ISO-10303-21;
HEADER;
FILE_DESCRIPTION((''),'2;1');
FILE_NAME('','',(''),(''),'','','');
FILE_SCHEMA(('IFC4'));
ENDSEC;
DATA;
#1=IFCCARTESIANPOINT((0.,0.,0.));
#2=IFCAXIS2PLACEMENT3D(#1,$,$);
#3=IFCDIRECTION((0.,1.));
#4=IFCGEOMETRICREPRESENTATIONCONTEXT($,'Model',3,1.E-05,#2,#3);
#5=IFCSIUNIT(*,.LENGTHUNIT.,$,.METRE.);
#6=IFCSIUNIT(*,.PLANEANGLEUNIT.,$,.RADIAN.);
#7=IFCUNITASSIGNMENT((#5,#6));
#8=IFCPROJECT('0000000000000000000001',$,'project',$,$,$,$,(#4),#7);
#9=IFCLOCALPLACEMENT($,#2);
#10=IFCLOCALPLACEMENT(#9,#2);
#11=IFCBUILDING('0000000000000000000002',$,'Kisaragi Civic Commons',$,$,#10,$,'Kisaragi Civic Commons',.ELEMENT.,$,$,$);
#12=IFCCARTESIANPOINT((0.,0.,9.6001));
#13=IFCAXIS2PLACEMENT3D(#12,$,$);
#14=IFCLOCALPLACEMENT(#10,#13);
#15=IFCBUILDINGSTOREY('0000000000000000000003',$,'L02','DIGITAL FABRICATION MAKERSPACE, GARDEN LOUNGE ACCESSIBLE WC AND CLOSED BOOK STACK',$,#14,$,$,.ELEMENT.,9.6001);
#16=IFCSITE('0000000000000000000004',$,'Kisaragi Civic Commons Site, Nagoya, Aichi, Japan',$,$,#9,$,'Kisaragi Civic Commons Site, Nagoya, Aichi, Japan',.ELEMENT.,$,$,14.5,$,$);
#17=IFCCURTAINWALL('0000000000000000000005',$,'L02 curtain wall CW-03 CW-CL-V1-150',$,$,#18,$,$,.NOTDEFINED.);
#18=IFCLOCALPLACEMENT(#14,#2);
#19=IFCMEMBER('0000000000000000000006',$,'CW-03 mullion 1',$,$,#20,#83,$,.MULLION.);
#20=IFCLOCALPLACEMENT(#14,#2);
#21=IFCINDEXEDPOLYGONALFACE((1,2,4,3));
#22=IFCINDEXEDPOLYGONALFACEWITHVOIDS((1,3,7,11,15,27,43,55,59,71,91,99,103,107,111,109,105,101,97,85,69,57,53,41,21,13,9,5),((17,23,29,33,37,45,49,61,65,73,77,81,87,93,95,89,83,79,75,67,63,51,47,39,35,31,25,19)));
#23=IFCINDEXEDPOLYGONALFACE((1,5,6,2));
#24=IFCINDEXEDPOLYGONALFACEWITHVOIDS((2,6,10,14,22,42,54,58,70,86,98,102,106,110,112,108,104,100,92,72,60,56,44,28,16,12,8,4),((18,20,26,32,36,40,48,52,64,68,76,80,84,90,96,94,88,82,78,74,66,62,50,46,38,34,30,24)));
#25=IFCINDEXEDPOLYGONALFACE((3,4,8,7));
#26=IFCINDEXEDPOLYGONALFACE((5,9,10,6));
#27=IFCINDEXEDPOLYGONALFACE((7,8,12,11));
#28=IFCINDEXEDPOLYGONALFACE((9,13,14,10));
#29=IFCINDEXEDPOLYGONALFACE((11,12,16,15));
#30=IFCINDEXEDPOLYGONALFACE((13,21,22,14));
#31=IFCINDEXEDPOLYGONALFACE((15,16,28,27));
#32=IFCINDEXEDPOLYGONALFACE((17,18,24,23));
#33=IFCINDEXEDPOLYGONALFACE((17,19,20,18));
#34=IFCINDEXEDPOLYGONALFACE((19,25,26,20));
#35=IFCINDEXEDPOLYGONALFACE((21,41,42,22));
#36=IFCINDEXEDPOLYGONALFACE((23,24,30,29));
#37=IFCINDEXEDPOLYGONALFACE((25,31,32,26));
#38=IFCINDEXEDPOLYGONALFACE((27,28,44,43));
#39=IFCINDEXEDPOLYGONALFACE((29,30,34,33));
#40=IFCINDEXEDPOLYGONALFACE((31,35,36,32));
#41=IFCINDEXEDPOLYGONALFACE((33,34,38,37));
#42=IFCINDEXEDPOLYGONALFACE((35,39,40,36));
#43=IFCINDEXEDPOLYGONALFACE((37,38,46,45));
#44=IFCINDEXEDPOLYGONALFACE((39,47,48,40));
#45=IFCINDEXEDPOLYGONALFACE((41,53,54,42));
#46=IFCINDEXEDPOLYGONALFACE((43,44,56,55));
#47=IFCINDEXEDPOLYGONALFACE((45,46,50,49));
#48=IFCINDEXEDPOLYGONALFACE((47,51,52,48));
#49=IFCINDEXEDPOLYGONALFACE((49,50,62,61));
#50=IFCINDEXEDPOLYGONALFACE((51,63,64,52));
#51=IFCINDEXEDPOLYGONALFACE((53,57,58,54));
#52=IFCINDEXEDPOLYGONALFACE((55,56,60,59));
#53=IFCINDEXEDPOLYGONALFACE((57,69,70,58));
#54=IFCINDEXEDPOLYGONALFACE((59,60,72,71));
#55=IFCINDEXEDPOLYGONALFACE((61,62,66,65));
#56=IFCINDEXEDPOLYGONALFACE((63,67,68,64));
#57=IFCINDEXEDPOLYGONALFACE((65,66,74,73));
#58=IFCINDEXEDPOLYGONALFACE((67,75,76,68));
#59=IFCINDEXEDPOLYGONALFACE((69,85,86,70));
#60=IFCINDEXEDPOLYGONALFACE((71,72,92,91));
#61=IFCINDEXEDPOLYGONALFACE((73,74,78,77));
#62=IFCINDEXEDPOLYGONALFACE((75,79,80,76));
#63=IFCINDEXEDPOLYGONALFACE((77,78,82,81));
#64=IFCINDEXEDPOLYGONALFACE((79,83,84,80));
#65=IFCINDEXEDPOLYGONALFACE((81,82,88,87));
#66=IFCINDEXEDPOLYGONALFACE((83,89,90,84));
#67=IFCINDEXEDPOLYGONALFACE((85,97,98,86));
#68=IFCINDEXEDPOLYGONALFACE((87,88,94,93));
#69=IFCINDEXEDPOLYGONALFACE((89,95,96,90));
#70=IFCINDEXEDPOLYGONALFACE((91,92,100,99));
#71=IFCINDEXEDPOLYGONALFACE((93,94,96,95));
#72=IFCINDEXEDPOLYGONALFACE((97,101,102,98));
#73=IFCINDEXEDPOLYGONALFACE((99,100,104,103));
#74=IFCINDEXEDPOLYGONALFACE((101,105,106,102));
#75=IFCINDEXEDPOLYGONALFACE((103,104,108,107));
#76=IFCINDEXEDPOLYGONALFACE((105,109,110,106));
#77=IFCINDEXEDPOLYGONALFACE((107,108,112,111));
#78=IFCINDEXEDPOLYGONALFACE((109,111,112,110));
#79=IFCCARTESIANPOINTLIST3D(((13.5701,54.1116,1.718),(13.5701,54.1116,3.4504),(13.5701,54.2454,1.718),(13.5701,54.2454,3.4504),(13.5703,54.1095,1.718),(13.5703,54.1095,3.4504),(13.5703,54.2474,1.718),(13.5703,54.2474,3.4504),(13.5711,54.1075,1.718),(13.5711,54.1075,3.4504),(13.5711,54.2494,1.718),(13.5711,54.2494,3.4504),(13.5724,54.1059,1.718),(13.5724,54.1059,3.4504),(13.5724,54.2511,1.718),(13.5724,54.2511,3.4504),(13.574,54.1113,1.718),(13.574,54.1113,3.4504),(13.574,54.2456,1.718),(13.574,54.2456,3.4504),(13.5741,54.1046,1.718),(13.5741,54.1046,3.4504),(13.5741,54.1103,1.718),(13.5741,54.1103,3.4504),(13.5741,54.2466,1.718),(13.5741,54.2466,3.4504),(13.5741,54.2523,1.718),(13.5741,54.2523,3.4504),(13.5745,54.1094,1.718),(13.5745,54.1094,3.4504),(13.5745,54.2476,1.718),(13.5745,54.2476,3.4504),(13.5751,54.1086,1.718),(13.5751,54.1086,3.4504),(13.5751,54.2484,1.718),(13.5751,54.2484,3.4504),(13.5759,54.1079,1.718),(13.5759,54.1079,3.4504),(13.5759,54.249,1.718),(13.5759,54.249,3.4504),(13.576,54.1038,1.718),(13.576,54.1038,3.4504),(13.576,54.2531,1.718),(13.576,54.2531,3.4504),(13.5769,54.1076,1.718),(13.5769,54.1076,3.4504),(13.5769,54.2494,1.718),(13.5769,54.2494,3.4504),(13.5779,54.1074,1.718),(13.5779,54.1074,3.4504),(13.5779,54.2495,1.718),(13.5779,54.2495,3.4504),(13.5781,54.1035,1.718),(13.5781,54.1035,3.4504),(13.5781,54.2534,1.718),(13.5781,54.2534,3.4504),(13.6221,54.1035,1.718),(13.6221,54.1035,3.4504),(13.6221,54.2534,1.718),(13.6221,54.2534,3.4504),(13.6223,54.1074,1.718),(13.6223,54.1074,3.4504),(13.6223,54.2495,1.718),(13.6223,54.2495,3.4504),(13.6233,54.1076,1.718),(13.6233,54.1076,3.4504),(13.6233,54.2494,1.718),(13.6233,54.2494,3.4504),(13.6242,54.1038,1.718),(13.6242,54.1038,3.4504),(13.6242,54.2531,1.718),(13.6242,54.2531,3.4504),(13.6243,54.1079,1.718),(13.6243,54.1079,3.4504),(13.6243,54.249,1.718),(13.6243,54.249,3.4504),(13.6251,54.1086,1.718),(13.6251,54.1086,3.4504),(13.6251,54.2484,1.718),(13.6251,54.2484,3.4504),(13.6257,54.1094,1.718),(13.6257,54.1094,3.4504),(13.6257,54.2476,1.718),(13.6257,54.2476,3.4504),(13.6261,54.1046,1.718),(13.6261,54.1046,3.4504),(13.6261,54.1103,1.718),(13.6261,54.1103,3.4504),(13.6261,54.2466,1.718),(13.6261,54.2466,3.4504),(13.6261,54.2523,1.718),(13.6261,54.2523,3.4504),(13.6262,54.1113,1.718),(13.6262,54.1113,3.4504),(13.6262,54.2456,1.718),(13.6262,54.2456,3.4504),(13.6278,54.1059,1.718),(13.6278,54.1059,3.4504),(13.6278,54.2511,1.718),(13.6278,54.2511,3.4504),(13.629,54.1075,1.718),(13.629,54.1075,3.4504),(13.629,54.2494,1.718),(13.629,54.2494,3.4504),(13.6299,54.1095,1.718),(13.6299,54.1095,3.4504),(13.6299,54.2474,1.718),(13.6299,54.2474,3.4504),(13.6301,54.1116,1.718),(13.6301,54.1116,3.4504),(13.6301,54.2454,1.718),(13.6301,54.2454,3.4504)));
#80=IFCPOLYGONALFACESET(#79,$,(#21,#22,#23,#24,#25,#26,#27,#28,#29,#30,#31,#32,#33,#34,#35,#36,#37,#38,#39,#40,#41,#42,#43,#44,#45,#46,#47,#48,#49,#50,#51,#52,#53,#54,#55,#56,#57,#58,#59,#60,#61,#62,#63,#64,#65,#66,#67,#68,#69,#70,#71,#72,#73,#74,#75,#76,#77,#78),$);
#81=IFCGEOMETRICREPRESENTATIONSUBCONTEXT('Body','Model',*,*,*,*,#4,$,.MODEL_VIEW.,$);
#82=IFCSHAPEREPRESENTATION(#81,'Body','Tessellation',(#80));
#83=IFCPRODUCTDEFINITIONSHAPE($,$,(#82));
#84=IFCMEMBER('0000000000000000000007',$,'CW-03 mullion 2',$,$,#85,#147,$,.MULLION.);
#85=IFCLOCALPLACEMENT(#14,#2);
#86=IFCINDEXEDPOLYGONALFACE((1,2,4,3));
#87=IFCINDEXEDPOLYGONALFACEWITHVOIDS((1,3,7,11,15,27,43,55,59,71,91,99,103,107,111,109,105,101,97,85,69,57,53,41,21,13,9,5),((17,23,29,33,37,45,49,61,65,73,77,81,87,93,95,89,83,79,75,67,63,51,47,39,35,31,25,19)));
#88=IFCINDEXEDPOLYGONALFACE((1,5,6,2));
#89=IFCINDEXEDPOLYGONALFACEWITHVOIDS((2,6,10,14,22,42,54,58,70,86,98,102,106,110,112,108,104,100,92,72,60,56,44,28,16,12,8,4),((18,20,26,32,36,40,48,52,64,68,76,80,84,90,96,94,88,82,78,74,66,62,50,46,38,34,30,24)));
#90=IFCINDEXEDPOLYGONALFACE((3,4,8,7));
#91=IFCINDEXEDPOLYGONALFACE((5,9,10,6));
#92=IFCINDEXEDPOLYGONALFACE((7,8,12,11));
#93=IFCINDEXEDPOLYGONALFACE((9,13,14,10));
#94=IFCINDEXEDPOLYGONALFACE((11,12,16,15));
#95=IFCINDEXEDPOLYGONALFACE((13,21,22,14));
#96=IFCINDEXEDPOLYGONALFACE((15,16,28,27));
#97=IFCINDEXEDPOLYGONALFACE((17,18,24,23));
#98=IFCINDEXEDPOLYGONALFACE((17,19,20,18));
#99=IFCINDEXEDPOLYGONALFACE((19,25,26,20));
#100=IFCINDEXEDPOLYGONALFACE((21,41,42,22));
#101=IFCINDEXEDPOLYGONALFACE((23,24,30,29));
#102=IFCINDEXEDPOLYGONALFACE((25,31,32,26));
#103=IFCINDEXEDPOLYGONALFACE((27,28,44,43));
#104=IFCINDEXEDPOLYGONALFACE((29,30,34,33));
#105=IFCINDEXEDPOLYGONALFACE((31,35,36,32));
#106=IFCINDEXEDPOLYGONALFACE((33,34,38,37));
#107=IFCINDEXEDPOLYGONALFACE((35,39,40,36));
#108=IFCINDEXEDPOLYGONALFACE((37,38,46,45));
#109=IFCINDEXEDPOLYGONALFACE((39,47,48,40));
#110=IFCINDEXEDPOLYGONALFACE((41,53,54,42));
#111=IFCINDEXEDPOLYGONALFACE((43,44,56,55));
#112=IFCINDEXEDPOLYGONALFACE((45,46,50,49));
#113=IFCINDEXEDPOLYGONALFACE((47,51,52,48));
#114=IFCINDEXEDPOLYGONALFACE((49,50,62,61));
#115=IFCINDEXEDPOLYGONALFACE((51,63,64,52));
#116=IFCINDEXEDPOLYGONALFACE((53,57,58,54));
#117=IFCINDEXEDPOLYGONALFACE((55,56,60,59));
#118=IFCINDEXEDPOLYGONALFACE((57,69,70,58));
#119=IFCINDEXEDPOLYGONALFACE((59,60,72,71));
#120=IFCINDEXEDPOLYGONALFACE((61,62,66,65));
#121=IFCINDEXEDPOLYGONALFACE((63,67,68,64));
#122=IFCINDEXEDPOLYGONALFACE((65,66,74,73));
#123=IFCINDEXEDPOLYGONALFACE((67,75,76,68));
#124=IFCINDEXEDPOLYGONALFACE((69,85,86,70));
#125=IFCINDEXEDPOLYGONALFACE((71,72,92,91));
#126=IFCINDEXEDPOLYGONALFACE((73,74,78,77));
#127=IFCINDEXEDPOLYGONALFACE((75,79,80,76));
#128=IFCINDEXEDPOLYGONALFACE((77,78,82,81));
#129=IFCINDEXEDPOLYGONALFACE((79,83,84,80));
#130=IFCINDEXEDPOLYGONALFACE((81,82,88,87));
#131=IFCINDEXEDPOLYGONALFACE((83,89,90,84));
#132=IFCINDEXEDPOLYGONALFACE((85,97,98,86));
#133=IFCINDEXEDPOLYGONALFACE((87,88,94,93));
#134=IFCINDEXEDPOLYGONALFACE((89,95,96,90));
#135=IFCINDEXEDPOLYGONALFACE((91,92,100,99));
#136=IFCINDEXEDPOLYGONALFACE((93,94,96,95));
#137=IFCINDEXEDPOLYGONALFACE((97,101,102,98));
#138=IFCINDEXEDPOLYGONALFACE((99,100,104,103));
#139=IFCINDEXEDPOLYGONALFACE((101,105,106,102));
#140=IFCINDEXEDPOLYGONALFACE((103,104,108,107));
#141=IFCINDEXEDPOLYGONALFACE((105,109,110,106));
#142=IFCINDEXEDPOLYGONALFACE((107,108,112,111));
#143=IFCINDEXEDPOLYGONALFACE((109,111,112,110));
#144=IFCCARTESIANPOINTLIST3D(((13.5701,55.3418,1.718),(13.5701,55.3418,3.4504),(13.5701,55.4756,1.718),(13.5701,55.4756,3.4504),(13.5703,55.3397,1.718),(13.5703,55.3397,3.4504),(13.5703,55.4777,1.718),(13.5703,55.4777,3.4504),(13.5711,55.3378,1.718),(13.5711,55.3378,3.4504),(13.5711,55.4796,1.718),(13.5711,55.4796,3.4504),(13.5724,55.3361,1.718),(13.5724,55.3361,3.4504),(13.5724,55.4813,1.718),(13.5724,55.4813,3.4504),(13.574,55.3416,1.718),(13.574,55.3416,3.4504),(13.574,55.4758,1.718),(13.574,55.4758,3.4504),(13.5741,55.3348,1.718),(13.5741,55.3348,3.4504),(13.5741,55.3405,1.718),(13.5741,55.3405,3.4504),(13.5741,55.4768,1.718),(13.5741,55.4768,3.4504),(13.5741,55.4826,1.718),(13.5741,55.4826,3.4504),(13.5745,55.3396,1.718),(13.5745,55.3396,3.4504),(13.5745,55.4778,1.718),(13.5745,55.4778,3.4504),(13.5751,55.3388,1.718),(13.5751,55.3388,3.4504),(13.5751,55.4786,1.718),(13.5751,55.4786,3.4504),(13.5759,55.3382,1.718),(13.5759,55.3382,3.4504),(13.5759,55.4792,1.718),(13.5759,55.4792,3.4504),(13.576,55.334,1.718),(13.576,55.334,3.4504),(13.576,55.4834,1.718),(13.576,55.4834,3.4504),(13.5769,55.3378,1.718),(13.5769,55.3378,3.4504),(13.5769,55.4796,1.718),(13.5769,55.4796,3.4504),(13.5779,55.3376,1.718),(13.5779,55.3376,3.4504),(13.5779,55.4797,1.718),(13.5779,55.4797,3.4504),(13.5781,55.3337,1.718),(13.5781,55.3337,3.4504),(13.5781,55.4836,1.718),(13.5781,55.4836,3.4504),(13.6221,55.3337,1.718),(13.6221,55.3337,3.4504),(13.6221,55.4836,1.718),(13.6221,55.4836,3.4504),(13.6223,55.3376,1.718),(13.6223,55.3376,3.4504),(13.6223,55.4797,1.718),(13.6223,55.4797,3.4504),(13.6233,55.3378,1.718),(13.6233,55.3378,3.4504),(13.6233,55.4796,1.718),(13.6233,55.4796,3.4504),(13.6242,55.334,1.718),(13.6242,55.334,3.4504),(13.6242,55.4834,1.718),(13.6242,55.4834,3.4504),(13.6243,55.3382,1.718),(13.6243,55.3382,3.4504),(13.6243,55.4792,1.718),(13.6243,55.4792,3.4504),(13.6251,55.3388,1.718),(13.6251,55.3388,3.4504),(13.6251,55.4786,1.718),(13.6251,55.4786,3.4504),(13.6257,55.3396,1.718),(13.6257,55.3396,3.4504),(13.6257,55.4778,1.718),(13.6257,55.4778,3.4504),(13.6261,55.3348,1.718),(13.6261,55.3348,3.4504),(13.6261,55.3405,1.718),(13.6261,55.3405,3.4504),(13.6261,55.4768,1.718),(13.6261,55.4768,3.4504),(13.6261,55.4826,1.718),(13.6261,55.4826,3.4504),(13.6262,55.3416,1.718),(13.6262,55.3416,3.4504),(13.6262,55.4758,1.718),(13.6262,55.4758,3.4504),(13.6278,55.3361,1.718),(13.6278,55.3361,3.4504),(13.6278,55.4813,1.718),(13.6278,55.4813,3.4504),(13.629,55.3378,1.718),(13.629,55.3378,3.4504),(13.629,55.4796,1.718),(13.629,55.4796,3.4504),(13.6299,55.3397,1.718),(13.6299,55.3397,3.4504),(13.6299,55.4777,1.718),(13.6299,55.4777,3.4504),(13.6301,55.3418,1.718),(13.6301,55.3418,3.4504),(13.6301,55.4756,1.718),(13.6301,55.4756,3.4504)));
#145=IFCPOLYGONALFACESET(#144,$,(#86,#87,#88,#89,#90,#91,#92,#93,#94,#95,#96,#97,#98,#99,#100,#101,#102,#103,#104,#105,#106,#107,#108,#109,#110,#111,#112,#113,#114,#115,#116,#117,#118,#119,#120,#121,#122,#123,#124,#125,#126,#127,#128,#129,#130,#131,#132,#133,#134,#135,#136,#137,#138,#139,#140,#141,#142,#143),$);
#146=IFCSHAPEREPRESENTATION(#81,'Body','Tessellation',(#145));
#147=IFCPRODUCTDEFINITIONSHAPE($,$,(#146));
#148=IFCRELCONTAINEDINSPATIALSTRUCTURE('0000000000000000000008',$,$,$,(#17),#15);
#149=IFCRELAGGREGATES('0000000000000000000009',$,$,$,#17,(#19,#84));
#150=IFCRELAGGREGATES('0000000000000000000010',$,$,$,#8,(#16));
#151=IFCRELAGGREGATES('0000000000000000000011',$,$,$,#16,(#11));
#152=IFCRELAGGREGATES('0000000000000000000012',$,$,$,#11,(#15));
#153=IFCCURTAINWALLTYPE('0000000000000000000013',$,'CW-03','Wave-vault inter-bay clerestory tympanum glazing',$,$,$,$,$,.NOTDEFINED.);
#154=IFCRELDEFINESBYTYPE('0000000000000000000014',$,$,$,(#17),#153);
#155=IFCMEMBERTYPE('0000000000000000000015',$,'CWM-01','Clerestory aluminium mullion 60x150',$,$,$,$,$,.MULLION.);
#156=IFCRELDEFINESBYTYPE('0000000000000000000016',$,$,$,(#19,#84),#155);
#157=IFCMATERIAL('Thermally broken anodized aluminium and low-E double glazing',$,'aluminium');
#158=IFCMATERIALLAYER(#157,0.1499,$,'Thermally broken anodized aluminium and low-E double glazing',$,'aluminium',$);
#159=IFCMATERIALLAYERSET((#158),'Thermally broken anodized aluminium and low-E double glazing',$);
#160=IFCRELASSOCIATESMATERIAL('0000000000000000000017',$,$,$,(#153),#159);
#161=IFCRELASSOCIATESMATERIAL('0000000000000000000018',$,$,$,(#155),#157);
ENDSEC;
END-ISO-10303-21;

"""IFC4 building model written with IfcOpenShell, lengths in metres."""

from ifc_helpers import new_model, si_unit, direction, frame, origin, origin_2d, place, context, subcontext, project, spatial, hollow_rectangle, extrude, material, layer, layer_set, material_profile, profile_set, type_object, element, aggregate, save


model = new_model("IFC4")

# Units and contexts
model_context = context("Model", 3, precision=1e-05, world=origin(), true_north=direction((0.0, 1.0)))
body_context = subcontext(model_context, "Body", "Model", "MODEL_VIEW")
ifc_project = project(units=[si_unit("LENGTHUNIT", "METRE"), si_unit("PLANEANGLEUNIT", "RADIAN")], contexts=[model_context])

# Site, building, storey
site_placement = place(None, origin())
site = spatial("IfcSite", under=ifc_project, at=site_placement, Name="Kisaragi Civic Commons Site, Nagoya, Aichi, Japan", LongName="Kisaragi Civic Commons Site, Nagoya, Aichi, Japan", CompositionType="ELEMENT", RefElevation=14.5)
building_placement = place(site_placement, origin())
building = spatial("IfcBuilding", under=site, at=building_placement, Name="Kisaragi Civic Commons", LongName="Kisaragi Civic Commons", CompositionType="ELEMENT")
storey_placement = place(building_placement, frame((0.0, 0.0, 9.6001)))
storey = spatial("IfcBuildingStorey", under=building, at=storey_placement, Name="L02", Description="DIGITAL FABRICATION MAKERSPACE, GARDEN LOUNGE ACCESSIBLE WC AND CLOSED BOOK STACK", CompositionType="ELEMENT", Elevation=9.6001)

# Curtain wall, members
ifc_material_1 = material(Name="Thermally broken anodized aluminium and low-E double glazing", Category="aluminium")
ifc_layer_1 = layer(ifc_material_1, 0.1499, Name="Thermally broken anodized aluminium and low-E double glazing", Category="aluminium")
ifc_layer_set_1 = layer_set([ifc_layer_1], Name="Thermally broken anodized aluminium and low-E double glazing")
curtain_wall_type = type_object("IfcCurtainWallType", Name="CW-03", Description="Wave-vault inter-bay clerestory tympanum glazing", PredefinedType="NOTDEFINED", material=ifc_layer_set_1)
ifc_material_profile_1 = material_profile(ifc_material_1, hollow_rectangle(XDim=0.0601, YDim=0.1499, WallThickness=0.0039, InnerFilletRadius=0.0039, OuterFilletRadius=0.0081, at=origin_2d()), Name="CWM-60x150x4", Category="aluminium")
ifc_profile_set_1 = profile_set([ifc_material_profile_1], Name="Thermally broken anodized aluminium and low-E double glazing")
member_type_1 = type_object("IfcMemberType", Name="CWM-01", Description="Clerestory aluminium mullion 60x150", PredefinedType="MULLION", material=ifc_profile_set_1)
curtain_wall_1_placement = place(storey_placement, origin())
curtain_wall_1 = element("IfcCurtainWall", 1, at=curtain_wall_1_placement, inside=storey, type_object=curtain_wall_type, Name="L02 curtain wall CW-03 CW-CL-V1-150", PredefinedType="NOTDEFINED")
member_1_placement = place(storey_placement, frame((13.6001, 54.1785, 1.718), z_axis=(0.0, 0.0, 1.0), x_axis=(-1.0, 0.0, 0.0)))
member_1 = element("IfcMember", 2, at=member_1_placement, type_object=member_type_1, Name="CW-03 mullion 1", PredefinedType="MULLION", context=body_context, shape_type="SweptSolid", body=[
    extrude(hollow_rectangle(XDim=0.0601, YDim=0.1499, WallThickness=0.0039, InnerFilletRadius=0.0039, OuterFilletRadius=0.0081, at=origin_2d()), origin(), (0.0, 0.0, 1.0), 1.7324),
])
member_2_placement = place(storey_placement, frame((13.6001, 55.4087, 1.718), z_axis=(0.0, 0.0, 1.0), x_axis=(-1.0, 0.0, 0.0)))
member_2 = element("IfcMember", 3, at=member_2_placement, type_object=member_type_1, Name="CW-03 mullion 2", PredefinedType="MULLION", context=body_context, shape_type="SweptSolid", body=[
    extrude(hollow_rectangle(XDim=0.0601, YDim=0.1499, WallThickness=0.0039, InnerFilletRadius=0.0039, OuterFilletRadius=0.0081, at=origin_2d()), origin(), (0.0, 0.0, 1.0), 1.7324),
])

aggregate(curtain_wall_1, [member_1, member_2])

save(model, "model.ifc")
